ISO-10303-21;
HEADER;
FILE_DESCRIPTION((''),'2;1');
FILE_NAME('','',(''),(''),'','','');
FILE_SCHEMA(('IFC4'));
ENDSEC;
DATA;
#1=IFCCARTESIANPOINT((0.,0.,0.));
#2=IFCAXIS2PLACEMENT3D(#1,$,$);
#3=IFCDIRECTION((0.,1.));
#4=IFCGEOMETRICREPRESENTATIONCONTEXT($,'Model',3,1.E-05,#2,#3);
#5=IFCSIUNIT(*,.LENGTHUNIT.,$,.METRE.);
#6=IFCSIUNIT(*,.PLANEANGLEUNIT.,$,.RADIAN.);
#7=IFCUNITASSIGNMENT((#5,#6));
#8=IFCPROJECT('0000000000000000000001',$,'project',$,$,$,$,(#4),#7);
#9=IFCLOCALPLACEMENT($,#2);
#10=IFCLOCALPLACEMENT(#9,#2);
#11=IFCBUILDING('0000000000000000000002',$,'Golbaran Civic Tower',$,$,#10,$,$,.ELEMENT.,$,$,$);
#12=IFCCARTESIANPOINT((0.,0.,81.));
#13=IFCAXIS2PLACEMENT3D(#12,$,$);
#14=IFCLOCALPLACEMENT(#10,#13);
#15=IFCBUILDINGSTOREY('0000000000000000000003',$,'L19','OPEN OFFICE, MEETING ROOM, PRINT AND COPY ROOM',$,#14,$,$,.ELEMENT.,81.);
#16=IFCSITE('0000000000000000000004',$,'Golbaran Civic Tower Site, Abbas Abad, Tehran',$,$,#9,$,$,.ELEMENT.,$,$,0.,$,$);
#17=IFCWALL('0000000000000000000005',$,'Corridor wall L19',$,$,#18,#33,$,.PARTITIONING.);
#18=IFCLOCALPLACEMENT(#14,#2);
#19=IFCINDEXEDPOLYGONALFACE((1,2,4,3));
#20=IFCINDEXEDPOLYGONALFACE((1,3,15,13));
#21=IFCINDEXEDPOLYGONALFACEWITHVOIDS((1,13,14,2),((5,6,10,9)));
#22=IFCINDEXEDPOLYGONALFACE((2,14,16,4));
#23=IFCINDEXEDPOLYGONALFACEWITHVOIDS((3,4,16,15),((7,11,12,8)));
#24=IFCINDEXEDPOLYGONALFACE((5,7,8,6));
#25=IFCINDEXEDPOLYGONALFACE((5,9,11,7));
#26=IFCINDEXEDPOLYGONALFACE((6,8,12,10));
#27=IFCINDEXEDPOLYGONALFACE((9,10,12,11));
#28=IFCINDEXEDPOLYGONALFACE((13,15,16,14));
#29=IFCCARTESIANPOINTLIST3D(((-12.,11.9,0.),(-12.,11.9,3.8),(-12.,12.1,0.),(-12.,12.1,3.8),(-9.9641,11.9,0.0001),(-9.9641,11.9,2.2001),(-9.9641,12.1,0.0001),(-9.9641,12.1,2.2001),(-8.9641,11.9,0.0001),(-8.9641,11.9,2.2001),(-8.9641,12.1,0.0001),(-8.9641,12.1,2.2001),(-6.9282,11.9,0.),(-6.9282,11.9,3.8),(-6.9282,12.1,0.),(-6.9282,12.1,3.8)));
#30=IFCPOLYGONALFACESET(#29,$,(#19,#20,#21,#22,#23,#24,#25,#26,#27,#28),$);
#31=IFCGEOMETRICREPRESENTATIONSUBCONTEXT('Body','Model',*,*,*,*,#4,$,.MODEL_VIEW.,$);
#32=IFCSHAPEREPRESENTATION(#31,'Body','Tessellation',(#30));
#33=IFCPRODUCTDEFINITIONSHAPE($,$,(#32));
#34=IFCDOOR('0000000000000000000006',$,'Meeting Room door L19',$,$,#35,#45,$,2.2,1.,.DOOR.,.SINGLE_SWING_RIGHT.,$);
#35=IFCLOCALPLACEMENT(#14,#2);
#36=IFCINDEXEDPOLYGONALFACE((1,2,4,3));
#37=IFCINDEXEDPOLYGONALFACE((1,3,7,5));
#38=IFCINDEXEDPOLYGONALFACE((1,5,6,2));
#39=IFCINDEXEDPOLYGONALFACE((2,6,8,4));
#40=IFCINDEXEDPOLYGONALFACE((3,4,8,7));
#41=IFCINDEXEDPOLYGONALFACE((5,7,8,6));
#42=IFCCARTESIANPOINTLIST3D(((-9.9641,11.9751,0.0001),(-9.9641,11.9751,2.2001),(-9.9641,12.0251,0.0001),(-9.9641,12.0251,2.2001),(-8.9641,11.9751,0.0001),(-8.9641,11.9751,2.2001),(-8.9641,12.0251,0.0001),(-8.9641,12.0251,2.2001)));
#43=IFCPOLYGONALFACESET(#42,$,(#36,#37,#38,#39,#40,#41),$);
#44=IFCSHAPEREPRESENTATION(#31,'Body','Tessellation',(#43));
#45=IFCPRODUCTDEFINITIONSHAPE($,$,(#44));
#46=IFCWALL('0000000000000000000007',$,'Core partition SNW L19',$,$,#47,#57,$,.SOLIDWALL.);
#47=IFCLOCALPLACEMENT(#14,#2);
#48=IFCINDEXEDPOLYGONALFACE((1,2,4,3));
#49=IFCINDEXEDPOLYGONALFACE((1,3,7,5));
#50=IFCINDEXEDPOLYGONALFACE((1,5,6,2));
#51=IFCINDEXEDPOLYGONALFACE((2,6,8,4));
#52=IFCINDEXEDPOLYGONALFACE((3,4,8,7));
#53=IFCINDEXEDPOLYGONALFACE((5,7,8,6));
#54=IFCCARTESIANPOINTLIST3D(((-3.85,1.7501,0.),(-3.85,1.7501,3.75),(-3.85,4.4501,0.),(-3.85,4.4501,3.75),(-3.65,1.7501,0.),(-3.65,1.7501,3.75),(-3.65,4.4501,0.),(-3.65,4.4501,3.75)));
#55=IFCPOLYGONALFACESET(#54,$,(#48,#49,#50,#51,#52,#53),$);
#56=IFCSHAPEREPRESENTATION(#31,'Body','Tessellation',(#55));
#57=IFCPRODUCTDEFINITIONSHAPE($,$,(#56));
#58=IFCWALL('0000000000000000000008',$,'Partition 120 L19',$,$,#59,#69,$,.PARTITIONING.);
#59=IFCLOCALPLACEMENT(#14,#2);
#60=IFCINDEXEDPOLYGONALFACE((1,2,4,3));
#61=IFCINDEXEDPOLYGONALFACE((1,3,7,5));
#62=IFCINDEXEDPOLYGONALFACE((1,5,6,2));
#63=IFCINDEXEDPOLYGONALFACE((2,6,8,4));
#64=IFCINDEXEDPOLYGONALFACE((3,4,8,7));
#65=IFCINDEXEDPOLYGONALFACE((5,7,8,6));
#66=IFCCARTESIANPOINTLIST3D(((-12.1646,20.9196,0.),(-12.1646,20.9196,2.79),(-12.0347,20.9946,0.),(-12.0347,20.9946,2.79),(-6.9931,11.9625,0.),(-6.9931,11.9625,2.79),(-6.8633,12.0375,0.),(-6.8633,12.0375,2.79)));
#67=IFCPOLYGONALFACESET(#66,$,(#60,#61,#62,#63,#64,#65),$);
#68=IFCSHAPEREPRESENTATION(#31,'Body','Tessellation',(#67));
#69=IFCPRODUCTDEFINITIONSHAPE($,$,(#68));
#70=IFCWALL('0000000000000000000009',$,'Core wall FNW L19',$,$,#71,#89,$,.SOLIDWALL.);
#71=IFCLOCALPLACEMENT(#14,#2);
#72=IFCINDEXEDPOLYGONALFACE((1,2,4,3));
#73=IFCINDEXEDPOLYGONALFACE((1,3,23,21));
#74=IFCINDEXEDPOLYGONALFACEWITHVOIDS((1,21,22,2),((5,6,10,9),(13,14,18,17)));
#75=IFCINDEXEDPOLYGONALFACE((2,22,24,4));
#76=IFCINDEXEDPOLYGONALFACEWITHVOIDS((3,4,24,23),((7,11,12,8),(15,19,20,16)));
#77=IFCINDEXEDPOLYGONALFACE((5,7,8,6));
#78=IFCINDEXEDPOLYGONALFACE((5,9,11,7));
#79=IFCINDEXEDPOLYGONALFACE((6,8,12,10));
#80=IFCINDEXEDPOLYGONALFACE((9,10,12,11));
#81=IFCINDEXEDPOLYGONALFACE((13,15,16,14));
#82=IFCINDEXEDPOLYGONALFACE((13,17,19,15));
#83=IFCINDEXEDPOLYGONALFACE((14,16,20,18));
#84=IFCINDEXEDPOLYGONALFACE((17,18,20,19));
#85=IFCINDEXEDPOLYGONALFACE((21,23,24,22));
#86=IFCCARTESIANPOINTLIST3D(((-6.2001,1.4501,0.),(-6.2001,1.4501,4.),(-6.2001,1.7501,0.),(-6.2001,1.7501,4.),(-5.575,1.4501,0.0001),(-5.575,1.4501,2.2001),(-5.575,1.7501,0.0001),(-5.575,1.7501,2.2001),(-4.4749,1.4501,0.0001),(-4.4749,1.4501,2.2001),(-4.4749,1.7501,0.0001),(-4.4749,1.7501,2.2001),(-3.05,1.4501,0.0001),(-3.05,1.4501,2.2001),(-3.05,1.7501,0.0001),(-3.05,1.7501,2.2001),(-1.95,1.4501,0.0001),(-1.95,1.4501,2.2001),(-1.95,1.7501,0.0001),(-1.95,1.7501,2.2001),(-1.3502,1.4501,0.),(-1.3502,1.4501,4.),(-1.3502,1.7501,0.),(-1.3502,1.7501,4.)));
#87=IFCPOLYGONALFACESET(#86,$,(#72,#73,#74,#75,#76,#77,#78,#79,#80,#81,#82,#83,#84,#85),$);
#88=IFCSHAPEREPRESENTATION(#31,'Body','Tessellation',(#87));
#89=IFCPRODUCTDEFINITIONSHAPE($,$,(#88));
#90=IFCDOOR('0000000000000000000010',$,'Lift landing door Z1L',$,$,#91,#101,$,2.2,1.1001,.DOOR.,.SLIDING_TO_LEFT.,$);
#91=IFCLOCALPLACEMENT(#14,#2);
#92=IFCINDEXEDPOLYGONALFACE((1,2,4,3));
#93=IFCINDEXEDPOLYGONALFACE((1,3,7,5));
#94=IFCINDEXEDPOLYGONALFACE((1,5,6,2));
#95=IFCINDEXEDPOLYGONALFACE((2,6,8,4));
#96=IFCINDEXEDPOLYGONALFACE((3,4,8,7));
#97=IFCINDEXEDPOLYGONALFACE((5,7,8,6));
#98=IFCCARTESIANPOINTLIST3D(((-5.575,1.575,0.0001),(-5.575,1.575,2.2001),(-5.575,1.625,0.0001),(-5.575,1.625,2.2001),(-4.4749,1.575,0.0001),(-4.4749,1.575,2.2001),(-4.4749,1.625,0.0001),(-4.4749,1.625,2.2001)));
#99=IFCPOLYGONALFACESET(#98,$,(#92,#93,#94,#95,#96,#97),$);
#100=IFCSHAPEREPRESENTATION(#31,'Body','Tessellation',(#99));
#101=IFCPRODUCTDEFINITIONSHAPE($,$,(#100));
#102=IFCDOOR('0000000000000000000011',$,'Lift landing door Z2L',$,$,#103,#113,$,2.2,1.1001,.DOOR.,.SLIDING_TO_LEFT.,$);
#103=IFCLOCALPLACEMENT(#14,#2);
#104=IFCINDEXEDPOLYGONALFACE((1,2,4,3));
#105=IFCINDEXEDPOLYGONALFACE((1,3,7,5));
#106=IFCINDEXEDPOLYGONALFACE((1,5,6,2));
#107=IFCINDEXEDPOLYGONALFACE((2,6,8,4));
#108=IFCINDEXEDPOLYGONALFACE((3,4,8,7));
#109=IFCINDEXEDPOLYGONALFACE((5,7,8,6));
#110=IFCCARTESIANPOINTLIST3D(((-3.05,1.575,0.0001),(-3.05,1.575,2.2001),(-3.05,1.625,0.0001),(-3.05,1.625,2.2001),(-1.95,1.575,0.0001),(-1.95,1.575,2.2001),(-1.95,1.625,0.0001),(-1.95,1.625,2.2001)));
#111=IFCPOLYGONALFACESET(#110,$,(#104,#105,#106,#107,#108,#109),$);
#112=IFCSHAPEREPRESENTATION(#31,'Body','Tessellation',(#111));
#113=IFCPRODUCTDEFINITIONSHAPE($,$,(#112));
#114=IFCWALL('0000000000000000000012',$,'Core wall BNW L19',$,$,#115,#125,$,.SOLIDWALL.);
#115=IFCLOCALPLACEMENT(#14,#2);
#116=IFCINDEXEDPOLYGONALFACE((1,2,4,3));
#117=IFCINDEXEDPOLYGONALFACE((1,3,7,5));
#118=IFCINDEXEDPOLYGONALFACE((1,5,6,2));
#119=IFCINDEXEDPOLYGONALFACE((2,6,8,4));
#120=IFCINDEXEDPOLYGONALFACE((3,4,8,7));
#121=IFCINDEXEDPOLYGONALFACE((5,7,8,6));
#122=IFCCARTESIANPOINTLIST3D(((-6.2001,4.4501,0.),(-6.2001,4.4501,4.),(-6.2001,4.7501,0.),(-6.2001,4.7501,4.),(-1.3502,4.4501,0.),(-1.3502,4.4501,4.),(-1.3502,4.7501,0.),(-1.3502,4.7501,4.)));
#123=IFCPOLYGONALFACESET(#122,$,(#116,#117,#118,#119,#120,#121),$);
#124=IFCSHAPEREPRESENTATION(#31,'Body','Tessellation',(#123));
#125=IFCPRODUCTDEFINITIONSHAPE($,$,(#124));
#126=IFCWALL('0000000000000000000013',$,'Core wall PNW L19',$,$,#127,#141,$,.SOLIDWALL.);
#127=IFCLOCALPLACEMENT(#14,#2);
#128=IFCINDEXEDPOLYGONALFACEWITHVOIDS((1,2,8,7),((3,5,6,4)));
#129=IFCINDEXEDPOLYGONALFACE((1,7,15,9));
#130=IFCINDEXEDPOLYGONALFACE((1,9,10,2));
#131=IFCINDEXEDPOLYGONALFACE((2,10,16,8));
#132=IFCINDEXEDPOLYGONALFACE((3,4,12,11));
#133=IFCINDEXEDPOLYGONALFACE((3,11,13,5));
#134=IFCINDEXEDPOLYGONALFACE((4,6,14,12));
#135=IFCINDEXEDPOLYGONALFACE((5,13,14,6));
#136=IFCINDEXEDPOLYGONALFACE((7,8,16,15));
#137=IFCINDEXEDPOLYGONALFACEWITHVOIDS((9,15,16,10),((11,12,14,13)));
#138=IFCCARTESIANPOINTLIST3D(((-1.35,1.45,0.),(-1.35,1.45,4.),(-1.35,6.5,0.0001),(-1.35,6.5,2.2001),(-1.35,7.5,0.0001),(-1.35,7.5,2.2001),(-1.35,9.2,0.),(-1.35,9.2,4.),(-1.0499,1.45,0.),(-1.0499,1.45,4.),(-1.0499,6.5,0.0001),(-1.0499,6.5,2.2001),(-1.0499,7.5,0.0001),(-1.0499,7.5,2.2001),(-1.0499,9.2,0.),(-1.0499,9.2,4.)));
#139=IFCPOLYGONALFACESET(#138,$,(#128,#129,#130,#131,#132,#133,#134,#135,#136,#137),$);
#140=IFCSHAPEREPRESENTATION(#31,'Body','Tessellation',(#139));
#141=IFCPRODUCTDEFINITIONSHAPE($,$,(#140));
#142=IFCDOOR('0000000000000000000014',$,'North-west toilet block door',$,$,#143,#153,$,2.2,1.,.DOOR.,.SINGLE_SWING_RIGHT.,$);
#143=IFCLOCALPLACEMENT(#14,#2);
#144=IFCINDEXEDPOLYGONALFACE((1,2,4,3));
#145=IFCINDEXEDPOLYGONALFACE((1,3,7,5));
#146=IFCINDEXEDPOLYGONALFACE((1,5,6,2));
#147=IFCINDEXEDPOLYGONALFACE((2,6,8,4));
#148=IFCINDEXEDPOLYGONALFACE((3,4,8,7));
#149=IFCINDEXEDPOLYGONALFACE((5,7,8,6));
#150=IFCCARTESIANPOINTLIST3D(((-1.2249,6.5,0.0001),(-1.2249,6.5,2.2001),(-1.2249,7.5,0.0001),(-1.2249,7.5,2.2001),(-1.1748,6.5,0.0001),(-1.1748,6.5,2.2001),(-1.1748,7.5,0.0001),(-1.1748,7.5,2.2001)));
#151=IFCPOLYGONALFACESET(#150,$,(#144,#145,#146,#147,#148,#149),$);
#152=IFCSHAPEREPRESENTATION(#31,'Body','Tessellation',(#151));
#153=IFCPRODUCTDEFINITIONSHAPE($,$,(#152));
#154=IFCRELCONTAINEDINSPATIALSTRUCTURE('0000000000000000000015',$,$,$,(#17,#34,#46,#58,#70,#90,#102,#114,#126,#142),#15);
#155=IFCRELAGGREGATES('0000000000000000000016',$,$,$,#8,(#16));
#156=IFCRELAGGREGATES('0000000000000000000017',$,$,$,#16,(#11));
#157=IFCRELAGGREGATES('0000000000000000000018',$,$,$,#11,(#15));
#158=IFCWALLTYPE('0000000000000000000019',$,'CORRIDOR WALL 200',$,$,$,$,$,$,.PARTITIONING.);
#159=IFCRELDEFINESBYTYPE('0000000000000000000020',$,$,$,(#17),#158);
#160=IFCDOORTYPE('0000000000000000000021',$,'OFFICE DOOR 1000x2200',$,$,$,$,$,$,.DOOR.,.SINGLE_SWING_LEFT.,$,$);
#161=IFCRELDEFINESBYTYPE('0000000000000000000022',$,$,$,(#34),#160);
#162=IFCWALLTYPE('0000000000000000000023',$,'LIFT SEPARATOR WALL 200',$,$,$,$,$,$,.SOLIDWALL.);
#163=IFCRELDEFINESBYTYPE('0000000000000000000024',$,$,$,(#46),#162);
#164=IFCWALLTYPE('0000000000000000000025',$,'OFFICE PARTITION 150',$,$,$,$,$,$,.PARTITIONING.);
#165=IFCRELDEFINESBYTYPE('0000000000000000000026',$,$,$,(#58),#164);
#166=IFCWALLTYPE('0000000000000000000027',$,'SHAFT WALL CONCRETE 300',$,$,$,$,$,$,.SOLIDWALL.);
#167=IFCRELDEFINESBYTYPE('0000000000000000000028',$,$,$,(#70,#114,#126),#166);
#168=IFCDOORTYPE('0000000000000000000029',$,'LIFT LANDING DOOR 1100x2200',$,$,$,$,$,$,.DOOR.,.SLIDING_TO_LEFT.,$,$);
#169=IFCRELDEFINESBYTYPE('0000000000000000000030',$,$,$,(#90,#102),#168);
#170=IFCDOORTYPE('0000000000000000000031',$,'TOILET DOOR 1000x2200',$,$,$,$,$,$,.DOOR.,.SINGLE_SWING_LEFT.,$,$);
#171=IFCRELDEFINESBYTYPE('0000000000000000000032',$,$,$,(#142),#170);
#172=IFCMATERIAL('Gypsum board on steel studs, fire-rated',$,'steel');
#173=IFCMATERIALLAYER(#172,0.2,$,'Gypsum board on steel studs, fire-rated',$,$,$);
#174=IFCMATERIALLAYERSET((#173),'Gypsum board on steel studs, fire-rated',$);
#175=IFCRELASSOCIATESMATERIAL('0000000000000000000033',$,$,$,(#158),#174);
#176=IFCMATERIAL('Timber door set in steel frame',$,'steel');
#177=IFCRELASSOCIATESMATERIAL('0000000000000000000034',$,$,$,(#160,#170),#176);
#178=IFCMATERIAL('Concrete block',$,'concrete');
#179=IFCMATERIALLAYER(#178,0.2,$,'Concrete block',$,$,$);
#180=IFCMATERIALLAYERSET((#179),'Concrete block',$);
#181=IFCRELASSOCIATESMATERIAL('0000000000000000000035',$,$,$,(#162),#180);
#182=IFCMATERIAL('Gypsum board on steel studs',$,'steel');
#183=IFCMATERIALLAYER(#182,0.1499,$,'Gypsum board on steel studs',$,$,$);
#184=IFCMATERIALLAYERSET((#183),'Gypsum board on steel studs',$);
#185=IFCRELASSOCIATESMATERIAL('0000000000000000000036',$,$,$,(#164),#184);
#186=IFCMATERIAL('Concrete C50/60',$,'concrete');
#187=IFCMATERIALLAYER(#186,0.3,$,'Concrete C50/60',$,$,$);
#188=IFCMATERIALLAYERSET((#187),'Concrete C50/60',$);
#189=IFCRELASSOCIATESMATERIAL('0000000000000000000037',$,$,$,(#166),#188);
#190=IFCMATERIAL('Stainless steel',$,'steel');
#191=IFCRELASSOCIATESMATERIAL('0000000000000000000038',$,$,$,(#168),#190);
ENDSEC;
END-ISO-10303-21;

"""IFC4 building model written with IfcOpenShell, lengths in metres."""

from ifc_helpers import new_model, si_unit, direction, frame, frame_2d, origin, place, context, subcontext, project, spatial, rectangle, extrude, material, layer, layer_set, type_object, element, fill, save


model = new_model("IFC4")

# Units and contexts
model_context = context("Model", 3, precision=1e-05, world=origin(), true_north=direction((0.0, 1.0)))
body_context = subcontext(model_context, "Body", "Model", "MODEL_VIEW")
ifc_project = project(units=[si_unit("LENGTHUNIT", "METRE"), si_unit("PLANEANGLEUNIT", "RADIAN")], contexts=[model_context])

# Site, building, storey
site_placement = place(None, origin())
site = spatial("IfcSite", under=ifc_project, at=site_placement, Name="Golbaran Civic Tower Site, Abbas Abad, Tehran", CompositionType="ELEMENT", RefElevation=0.0)
building_placement = place(site_placement, origin())
building = spatial("IfcBuilding", under=site, at=building_placement, Name="Golbaran Civic Tower", CompositionType="ELEMENT")
storey_placement = place(building_placement, frame((0.0, 0.0, 81.0)))
storey = spatial("IfcBuildingStorey", under=building, at=storey_placement, Name="L19", Description="OPEN OFFICE, MEETING ROOM, PRINT AND COPY ROOM", CompositionType="ELEMENT", Elevation=81.0)

# Wall, opening, door
ifc_material_1 = material(Name="Gypsum board on steel studs, fire-rated", Category="steel")
ifc_layer_1 = layer(ifc_material_1, 0.2, Name="Gypsum board on steel studs, fire-rated")
ifc_layer_set_1 = layer_set([ifc_layer_1], Name="Gypsum board on steel studs, fire-rated")
wall_type_1 = type_object("IfcWallType", Name="CORRIDOR WALL 200", PredefinedType="PARTITIONING", material=ifc_layer_set_1)
wall_1_placement = place(storey_placement, frame((-6.9282, 12.0, 0.0), z_axis=(0.0, 0.0, 1.0), x_axis=(-1.0, 0.0, 0.0)))
wall_1 = element("IfcWall", 1, at=wall_1_placement, inside=storey, type_object=wall_type_1, Name="Corridor wall L19", PredefinedType="PARTITIONING", context=body_context, shape_type="SweptSolid", body=[
    extrude(rectangle(XDim=5.0718, YDim=0.2, at=frame_2d((2.5359, 0.0))), origin(), (0.0, 0.0, 1.0), 3.8),
])
opening_1_placement = place(wall_1_placement, frame((2.0359, 0.0, 0.0)))
opening_1 = element("IfcOpeningElement", 2, at=opening_1_placement, cuts=wall_1, PredefinedType="OPENING", context=body_context, shape_type="SweptSolid", body=[
    extrude(rectangle(XDim=1.0, YDim=2.2, at=frame_2d((0.5, 1.1001))), frame((0.0, 0.1099, 0.0), z_axis=(0.0, -1.0, 0.0), x_axis=(1.0, 0.0, 0.0)), (0.0, 0.0, 1.0), 0.22),
])
ifc_material_2 = material(Name="Timber door set in steel frame", Category="steel")
door_type_1 = type_object("IfcDoorType", Name="OFFICE DOOR 1000x2200", OperationType="SINGLE_SWING_LEFT", PredefinedType="DOOR", material=ifc_material_2)
door_1_placement = place(opening_1_placement, origin())
door_1 = element("IfcDoor", 3, at=door_1_placement, inside=storey, type_object=door_type_1, Name="Meeting Room door L19", OperationType="SINGLE_SWING_RIGHT", OverallHeight=2.2, OverallWidth=1.0, PredefinedType="DOOR", context=body_context, shape_type="SweptSolid", body=[
    extrude(rectangle(XDim=1.0, YDim=2.2, at=frame_2d((0.5, 1.1001))), frame((0.0, 0.0249, 0.0), z_axis=(0.0, -1.0, 0.0), x_axis=(1.0, 0.0, 0.0)), (0.0, 0.0, 1.0), 0.05),
])
fill(opening_1, door_1)

# Walls
ifc_material_3 = material(Name="Concrete block", Category="concrete")
ifc_layer_2 = layer(ifc_material_3, 0.2, Name="Concrete block")
ifc_layer_set_2 = layer_set([ifc_layer_2], Name="Concrete block")
wall_type_2 = type_object("IfcWallType", Name="LIFT SEPARATOR WALL 200", PredefinedType="SOLIDWALL", material=ifc_layer_set_2)
wall_2_placement = place(storey_placement, frame((-3.75, 1.75, 0.0), z_axis=(0.0, 0.0, 1.0), x_axis=(0.0, 1.0, 0.0)))
element("IfcWall", 4, at=wall_2_placement, inside=storey, type_object=wall_type_2, Name="Core partition SNW L19", PredefinedType="SOLIDWALL", context=body_context, shape_type="SweptSolid", body=[
    extrude(rectangle(XDim=2.7, YDim=0.2, at=frame_2d((1.3501, 0.0))), origin(), (0.0, 0.0, 1.0), 3.75),
])
ifc_material_4 = material(Name="Gypsum board on steel studs", Category="steel")
ifc_layer_3 = layer(ifc_material_4, 0.1499, Name="Gypsum board on steel studs")
ifc_layer_set_3 = layer_set([ifc_layer_3], Name="Gypsum board on steel studs")
wall_type_3 = type_object("IfcWallType", Name="OFFICE PARTITION 150", PredefinedType="PARTITIONING", material=ifc_layer_set_3)
wall_3_placement = place(storey_placement, frame((-6.9282, 12.0, 0.0), z_axis=(0.0, 0.0, 1.0), x_axis=(-0.500003, 0.866024, 0.0)))
element("IfcWall", 5, at=wall_3_placement, inside=storey, type_object=wall_type_3, Name="Partition 120 L19", PredefinedType="PARTITIONING", context=body_context, shape_type="SweptSolid", body=[
    extrude(rectangle(XDim=10.3428, YDim=0.1499, at=frame_2d((5.1714, 0.0))), origin(), (0.0, 0.0, 1.0), 2.79),
])

# Wall, openings, doors
ifc_material_5 = material(Name="Concrete C50/60", Category="concrete")
ifc_layer_4 = layer(ifc_material_5, 0.3, Name="Concrete C50/60")
ifc_layer_set_4 = layer_set([ifc_layer_4], Name="Concrete C50/60")
wall_type_4 = type_object("IfcWallType", Name="SHAFT WALL CONCRETE 300", PredefinedType="SOLIDWALL", material=ifc_layer_set_4)
wall_4_placement = place(storey_placement, frame((-6.2, 1.6001, 0.0), z_axis=(0.0, 0.0, 1.0), x_axis=(1.0, 0.0, 0.0)))
wall_4 = element("IfcWall", 6, at=wall_4_placement, inside=storey, type_object=wall_type_4, Name="Core wall FNW L19", PredefinedType="SOLIDWALL", context=body_context, shape_type="SweptSolid", body=[
    extrude(rectangle(XDim=4.8499, YDim=0.3, at=frame_2d((2.4248, 0.0))), origin(), (0.0, 0.0, 1.0), 4.0),
])
opening_2_placement = place(wall_4_placement, frame((0.625, 0.0, 0.0)))
opening_2 = element("IfcOpeningElement", 7, at=opening_2_placement, cuts=wall_4, PredefinedType="OPENING", context=body_context, shape_type="SweptSolid", body=[
    extrude(rectangle(XDim=1.1001, YDim=2.2, at=frame_2d((0.55, 1.1001))), frame((0.0, 0.1599, 0.0), z_axis=(0.0, -1.0, 0.0), x_axis=(1.0, 0.0, 0.0)), (0.0, 0.0, 1.0), 0.3201),
])
opening_3_placement = place(wall_4_placement, frame((3.1499, 0.0, 0.0)))
opening_3 = element("IfcOpeningElement", 8, at=opening_3_placement, cuts=wall_4, PredefinedType="OPENING", context=body_context, shape_type="SweptSolid", body=[
    extrude(rectangle(XDim=1.1001, YDim=2.2, at=frame_2d((0.55, 1.1001))), frame((0.0, 0.1599, 0.0), z_axis=(0.0, -1.0, 0.0), x_axis=(1.0, 0.0, 0.0)), (0.0, 0.0, 1.0), 0.3201),
])
ifc_material_6 = material(Name="Stainless steel", Category="steel")
door_type_2 = type_object("IfcDoorType", Name="LIFT LANDING DOOR 1100x2200", OperationType="SLIDING_TO_LEFT", PredefinedType="DOOR", material=ifc_material_6)
door_2_placement = place(opening_2_placement, origin())
door_2 = element("IfcDoor", 9, at=door_2_placement, inside=storey, type_object=door_type_2, Name="Lift landing door Z1L", OperationType="SLIDING_TO_LEFT", OverallHeight=2.2, OverallWidth=1.1001, PredefinedType="DOOR", context=body_context, shape_type="SweptSolid", body=[
    extrude(rectangle(XDim=1.1001, YDim=2.2, at=frame_2d((0.55, 1.1001))), frame((0.0, 0.0249, 0.0), z_axis=(0.0, -1.0, 0.0), x_axis=(1.0, 0.0, 0.0)), (0.0, 0.0, 1.0), 0.05),
])
fill(opening_2, door_2)
door_3_placement = place(opening_3_placement, origin())
door_3 = element("IfcDoor", 10, at=door_3_placement, inside=storey, type_object=door_type_2, Name="Lift landing door Z2L", OperationType="SLIDING_TO_LEFT", OverallHeight=2.2, OverallWidth=1.1001, PredefinedType="DOOR", context=body_context, shape_type="SweptSolid", body=[
    extrude(rectangle(XDim=1.1001, YDim=2.2, at=frame_2d((0.55, 1.1001))), frame((0.0, 0.0249, 0.0), z_axis=(0.0, -1.0, 0.0), x_axis=(1.0, 0.0, 0.0)), (0.0, 0.0, 1.0), 0.05),
])
fill(opening_3, door_3)

# Wall
wall_5_placement = place(storey_placement, frame((-6.2, 4.6001, 0.0), z_axis=(0.0, 0.0, 1.0), x_axis=(1.0, 0.0, 0.0)))
element("IfcWall", 11, at=wall_5_placement, inside=storey, type_object=wall_type_4, Name="Core wall BNW L19", PredefinedType="SOLIDWALL", context=body_context, shape_type="SweptSolid", body=[
    extrude(rectangle(XDim=4.8499, YDim=0.3, at=frame_2d((2.4248, 0.0))), origin(), (0.0, 0.0, 1.0), 4.0),
])

# Wall, opening, door
wall_6_placement = place(storey_placement, frame((-1.2, 1.45, 0.0), z_axis=(0.0, 0.0, 1.0), x_axis=(0.0, 1.0, 0.0)))
wall_6 = element("IfcWall", 12, at=wall_6_placement, inside=storey, type_object=wall_type_4, Name="Core wall PNW L19", PredefinedType="SOLIDWALL", context=body_context, shape_type="SweptSolid", body=[
    extrude(rectangle(XDim=7.75, YDim=0.3, at=frame_2d((3.875, 0.0))), origin(), (0.0, 0.0, 1.0), 4.0),
])
opening_4_placement = place(wall_6_placement, frame((5.05, 0.0, 0.0)))
opening_4 = element("IfcOpeningElement", 13, at=opening_4_placement, cuts=wall_6, PredefinedType="OPENING", context=body_context, shape_type="SweptSolid", body=[
    extrude(rectangle(XDim=1.0, YDim=2.2, at=frame_2d((0.5, 1.1001))), frame((0.0, 0.1599, 0.0), z_axis=(0.0, -1.0, 0.0), x_axis=(1.0, 0.0, 0.0)), (0.0, 0.0, 1.0), 0.3201),
])
door_type_3 = type_object("IfcDoorType", Name="TOILET DOOR 1000x2200", OperationType="SINGLE_SWING_LEFT", PredefinedType="DOOR", material=ifc_material_2)
door_4_placement = place(opening_4_placement, origin())
door_4 = element("IfcDoor", 14, at=door_4_placement, inside=storey, type_object=door_type_3, Name="North-west toilet block door", OperationType="SINGLE_SWING_RIGHT", OverallHeight=2.2, OverallWidth=1.0, PredefinedType="DOOR", context=body_context, shape_type="SweptSolid", body=[
    extrude(rectangle(XDim=1.0, YDim=2.2, at=frame_2d((0.5, 1.1001))), frame((0.0, 0.0249, 0.0), z_axis=(0.0, -1.0, 0.0), x_axis=(1.0, 0.0, 0.0)), (0.0, 0.0, 1.0), 0.05),
])
fill(opening_4, door_4)

save(model, "model.ifc")
